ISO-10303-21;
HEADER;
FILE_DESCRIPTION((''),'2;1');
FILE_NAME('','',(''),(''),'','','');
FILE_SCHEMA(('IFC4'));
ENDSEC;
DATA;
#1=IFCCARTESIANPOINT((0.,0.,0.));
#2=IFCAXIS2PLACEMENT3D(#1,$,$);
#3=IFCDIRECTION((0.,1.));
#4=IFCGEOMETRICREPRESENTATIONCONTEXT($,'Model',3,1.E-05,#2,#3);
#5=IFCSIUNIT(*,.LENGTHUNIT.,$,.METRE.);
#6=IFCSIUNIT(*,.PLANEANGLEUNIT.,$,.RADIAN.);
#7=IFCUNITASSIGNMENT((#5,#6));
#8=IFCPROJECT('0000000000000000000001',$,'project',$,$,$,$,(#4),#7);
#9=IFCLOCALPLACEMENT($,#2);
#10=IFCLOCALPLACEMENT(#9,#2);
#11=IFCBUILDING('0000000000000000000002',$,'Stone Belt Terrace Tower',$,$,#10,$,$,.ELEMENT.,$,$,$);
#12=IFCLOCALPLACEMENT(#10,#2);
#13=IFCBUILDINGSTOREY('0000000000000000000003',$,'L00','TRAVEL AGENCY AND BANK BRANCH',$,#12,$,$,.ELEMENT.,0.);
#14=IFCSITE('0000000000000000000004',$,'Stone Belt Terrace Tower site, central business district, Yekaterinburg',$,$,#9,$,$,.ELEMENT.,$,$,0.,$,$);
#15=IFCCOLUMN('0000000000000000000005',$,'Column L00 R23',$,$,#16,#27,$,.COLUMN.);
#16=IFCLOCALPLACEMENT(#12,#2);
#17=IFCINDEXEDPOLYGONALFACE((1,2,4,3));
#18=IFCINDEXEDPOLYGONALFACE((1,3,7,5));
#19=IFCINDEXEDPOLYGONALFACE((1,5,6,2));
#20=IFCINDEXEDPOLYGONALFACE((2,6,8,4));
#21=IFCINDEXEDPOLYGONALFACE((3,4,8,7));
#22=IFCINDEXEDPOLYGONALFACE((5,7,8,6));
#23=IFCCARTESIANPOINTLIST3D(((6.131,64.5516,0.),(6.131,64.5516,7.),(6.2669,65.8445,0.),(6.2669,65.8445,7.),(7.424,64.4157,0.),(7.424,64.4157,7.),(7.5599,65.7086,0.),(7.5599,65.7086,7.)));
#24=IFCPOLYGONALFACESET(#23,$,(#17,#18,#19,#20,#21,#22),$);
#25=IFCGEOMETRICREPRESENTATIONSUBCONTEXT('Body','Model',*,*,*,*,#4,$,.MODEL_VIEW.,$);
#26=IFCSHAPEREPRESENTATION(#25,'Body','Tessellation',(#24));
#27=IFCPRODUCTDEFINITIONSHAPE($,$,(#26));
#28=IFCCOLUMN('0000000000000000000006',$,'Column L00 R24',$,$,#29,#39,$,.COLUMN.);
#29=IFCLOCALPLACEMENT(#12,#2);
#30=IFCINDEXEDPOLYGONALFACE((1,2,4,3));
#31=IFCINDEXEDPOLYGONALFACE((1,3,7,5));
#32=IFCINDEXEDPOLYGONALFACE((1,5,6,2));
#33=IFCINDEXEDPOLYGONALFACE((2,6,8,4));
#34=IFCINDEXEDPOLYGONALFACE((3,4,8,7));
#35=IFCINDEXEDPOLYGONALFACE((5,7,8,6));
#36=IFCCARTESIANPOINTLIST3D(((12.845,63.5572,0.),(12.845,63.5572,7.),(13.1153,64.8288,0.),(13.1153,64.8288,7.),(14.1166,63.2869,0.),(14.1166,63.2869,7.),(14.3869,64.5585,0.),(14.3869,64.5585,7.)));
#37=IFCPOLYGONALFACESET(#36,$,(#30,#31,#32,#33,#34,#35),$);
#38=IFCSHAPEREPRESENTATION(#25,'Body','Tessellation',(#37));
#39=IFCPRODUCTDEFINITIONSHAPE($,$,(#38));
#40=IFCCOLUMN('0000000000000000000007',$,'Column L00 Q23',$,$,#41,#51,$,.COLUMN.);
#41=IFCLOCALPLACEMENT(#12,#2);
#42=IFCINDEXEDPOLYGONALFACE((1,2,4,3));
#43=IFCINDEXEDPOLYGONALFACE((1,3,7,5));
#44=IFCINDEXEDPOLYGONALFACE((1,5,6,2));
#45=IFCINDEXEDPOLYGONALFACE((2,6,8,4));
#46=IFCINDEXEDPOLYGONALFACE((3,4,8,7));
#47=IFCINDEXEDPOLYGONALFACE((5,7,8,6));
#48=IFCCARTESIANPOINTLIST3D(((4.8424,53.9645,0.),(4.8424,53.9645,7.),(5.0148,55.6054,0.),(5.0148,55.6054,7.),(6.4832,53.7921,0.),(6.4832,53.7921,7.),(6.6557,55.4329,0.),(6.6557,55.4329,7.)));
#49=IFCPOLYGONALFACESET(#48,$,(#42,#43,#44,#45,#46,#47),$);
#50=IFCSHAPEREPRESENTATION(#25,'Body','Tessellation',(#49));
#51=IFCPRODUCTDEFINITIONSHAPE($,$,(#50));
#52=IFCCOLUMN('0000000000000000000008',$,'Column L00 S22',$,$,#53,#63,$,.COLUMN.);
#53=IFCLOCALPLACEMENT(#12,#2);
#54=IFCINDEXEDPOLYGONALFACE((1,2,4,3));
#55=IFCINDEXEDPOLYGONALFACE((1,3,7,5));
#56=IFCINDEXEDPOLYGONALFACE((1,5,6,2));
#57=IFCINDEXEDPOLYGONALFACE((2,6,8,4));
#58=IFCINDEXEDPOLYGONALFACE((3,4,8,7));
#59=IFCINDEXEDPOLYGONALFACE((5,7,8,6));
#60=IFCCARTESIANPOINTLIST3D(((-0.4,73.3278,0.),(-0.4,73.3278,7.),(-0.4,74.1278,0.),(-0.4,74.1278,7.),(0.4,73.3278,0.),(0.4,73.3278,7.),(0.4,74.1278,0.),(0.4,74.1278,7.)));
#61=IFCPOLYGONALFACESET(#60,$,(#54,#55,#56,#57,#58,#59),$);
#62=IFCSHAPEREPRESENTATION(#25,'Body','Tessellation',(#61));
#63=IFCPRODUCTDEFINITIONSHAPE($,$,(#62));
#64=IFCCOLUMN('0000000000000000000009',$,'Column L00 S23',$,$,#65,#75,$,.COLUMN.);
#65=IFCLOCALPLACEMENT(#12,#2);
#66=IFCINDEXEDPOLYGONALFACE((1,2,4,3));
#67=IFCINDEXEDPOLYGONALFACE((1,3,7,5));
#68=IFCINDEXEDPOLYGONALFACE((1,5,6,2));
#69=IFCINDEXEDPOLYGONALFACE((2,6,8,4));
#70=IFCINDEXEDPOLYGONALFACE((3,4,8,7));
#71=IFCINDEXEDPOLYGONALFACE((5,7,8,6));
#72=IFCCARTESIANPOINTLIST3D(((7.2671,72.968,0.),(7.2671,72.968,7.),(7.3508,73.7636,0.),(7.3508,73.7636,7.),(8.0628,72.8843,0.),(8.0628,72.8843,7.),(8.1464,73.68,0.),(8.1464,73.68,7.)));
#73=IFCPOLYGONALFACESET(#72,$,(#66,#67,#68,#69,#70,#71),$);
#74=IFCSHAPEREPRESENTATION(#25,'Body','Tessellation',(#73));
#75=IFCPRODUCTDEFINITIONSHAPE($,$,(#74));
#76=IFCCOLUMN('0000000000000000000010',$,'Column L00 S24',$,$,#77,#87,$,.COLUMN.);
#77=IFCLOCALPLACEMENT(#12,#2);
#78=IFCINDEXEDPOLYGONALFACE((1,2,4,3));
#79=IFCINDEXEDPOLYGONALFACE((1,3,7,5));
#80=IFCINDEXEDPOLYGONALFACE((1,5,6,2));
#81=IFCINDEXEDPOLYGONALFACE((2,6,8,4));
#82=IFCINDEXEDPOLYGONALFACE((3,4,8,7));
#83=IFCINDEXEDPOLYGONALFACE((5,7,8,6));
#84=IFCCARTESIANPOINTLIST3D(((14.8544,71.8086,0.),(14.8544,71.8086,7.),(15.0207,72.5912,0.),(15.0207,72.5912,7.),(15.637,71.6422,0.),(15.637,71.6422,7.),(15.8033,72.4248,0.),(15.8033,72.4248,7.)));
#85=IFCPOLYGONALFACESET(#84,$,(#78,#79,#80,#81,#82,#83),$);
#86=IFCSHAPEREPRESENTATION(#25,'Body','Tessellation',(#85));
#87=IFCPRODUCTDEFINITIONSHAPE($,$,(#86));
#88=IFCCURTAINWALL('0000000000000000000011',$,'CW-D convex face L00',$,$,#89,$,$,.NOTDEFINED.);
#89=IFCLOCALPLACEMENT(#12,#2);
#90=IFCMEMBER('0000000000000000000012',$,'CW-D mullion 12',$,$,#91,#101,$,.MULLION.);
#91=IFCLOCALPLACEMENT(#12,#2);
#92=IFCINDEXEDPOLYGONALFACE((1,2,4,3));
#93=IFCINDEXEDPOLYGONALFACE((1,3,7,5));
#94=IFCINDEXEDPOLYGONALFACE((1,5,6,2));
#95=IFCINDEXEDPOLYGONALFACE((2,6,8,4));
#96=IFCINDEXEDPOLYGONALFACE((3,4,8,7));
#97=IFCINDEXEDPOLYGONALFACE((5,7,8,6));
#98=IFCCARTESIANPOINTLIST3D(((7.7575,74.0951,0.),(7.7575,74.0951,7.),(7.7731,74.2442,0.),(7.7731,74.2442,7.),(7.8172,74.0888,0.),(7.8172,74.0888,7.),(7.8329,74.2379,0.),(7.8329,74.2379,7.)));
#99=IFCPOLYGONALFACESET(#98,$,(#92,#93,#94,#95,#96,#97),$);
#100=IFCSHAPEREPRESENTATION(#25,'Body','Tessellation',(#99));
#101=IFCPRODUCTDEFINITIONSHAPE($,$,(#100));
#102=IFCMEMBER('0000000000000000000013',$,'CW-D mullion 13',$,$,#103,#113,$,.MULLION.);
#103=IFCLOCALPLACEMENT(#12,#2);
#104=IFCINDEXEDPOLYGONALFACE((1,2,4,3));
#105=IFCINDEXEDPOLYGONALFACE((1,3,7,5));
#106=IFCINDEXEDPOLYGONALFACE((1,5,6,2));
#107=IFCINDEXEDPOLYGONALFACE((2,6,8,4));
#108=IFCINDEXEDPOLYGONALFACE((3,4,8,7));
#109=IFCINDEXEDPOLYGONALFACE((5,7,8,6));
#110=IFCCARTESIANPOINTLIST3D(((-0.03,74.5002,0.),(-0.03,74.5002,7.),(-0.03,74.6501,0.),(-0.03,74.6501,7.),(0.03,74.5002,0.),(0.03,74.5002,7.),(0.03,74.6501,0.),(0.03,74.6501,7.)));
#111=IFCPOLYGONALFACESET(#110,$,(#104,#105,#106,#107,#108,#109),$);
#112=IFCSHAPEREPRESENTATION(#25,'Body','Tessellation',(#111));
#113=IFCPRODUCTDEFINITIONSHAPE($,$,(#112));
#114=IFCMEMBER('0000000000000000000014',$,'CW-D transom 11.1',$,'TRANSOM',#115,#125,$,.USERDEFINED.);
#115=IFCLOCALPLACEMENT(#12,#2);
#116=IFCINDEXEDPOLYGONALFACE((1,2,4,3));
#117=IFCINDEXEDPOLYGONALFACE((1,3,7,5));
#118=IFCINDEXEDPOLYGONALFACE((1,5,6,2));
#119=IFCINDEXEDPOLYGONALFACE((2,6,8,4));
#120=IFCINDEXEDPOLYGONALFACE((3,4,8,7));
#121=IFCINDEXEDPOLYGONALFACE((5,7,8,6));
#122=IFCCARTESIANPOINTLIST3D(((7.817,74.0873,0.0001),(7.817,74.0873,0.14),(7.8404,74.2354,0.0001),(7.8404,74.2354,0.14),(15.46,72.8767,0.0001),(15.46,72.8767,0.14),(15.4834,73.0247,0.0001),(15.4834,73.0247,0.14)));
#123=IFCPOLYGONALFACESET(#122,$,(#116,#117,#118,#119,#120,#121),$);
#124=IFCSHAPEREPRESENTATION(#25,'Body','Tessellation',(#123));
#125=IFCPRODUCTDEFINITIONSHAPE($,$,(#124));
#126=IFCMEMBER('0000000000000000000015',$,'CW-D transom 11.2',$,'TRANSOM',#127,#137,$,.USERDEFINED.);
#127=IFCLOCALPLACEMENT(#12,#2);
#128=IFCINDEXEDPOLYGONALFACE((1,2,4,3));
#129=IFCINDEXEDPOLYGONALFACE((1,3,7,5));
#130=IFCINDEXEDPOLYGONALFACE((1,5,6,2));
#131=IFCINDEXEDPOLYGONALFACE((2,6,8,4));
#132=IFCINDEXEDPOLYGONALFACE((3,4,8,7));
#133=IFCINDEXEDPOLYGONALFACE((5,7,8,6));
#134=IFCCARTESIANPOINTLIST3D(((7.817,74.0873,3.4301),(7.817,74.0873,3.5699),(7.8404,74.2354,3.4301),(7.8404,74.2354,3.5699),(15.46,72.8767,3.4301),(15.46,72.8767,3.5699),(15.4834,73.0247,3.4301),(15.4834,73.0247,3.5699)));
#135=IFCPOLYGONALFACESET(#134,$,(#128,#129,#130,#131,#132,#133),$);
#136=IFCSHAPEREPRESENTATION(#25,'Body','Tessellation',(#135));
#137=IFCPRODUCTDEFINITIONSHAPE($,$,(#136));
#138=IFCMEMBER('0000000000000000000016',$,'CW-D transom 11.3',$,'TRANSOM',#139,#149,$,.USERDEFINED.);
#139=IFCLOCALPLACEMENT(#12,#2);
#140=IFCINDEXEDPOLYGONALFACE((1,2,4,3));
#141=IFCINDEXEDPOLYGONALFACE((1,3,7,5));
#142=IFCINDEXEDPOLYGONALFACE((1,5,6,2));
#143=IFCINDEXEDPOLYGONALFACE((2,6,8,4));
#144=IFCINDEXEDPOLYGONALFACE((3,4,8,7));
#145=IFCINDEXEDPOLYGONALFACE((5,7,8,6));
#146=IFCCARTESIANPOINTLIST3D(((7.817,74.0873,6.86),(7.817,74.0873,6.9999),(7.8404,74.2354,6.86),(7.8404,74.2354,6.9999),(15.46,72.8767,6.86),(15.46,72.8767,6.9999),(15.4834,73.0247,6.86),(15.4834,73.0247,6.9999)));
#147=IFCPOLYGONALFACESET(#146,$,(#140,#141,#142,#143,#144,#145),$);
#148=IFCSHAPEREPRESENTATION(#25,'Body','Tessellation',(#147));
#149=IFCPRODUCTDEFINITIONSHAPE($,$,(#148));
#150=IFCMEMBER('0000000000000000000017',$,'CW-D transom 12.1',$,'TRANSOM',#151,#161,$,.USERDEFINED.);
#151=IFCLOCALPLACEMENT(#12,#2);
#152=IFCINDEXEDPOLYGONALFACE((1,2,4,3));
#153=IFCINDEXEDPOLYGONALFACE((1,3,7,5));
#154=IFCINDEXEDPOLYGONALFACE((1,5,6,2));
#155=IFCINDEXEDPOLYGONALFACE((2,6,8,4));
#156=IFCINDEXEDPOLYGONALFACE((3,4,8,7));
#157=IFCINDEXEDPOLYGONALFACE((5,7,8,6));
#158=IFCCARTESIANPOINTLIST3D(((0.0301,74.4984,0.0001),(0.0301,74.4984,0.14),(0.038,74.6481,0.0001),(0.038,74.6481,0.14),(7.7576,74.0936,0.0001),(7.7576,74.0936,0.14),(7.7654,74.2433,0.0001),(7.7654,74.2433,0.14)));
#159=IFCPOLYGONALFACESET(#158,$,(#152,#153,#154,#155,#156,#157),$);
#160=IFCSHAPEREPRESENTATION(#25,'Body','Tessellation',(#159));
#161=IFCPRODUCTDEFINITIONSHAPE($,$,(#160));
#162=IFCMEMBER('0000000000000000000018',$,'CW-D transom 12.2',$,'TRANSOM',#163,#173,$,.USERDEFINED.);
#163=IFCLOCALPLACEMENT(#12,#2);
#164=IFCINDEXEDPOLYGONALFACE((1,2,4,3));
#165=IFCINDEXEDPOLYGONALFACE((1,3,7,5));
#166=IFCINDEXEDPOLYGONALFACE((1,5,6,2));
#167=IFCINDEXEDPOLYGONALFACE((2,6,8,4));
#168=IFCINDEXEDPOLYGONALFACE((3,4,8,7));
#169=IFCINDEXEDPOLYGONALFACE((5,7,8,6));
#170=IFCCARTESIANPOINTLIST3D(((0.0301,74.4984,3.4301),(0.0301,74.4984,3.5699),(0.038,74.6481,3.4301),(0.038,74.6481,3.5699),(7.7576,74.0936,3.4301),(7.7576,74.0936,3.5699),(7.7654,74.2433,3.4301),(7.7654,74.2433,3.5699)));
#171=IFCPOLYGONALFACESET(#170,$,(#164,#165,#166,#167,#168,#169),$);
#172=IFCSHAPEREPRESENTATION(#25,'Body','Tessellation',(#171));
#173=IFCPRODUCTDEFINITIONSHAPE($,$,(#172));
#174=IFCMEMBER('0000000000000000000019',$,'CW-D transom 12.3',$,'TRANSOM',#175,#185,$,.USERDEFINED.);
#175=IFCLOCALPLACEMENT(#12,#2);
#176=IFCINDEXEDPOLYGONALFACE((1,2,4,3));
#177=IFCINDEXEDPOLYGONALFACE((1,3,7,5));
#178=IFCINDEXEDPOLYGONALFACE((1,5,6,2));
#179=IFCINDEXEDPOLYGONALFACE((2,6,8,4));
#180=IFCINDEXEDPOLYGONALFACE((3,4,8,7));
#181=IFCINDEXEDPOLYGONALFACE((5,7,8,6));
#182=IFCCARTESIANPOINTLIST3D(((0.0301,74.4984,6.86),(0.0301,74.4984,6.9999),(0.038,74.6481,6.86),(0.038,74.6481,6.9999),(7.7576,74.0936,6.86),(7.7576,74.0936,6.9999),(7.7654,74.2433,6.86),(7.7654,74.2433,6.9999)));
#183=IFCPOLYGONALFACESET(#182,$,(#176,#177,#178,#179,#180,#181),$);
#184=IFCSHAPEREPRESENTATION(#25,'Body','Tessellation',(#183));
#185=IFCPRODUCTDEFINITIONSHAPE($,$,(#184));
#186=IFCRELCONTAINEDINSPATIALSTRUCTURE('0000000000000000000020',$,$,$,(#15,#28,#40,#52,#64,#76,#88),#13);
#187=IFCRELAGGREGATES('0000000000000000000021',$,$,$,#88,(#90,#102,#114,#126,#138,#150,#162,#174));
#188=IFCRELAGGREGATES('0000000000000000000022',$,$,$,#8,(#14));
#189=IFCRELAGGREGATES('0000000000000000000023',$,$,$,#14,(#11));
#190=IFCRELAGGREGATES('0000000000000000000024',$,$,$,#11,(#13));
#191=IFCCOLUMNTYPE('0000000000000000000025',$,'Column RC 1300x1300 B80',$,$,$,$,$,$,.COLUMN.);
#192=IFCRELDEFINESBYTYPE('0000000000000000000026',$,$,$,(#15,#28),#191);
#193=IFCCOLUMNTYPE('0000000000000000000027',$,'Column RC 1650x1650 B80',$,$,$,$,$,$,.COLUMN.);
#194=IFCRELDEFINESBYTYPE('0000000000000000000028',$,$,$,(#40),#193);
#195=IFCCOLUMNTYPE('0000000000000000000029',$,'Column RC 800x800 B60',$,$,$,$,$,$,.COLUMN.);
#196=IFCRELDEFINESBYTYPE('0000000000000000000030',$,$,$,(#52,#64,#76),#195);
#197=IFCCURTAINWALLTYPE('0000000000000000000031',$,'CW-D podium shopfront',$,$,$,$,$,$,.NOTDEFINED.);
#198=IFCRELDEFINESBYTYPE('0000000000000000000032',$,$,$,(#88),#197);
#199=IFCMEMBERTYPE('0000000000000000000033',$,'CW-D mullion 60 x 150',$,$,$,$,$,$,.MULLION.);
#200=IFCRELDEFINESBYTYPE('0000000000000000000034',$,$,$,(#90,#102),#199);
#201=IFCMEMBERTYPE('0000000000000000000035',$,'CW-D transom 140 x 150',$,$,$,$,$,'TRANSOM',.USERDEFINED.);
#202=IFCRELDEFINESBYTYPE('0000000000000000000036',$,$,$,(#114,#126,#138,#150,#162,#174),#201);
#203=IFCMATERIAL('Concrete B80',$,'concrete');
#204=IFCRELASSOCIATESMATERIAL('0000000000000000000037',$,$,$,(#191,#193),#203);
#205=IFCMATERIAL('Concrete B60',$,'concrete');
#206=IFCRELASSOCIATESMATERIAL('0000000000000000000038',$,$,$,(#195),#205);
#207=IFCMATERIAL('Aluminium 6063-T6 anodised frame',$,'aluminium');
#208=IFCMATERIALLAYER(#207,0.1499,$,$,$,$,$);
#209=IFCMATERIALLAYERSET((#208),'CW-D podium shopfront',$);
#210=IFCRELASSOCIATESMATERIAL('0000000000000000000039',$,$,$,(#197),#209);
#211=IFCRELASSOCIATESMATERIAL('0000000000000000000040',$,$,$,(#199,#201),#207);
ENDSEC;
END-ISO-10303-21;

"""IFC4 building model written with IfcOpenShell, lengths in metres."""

from ifc_helpers import new_model, si_unit, direction, frame, origin, origin_2d, place, context, subcontext, project, spatial, rectangle, extrude, material, layer, layer_set, material_profile, profile_set, type_object, element, aggregate, save


model = new_model("IFC4")

# Units and contexts
model_context = context("Model", 3, precision=1e-05, world=origin(), true_north=direction((0.0, 1.0)))
body_context = subcontext(model_context, "Body", "Model", "MODEL_VIEW")
ifc_project = project(units=[si_unit("LENGTHUNIT", "METRE"), si_unit("PLANEANGLEUNIT", "RADIAN")], contexts=[model_context])

# Site, building, storey
site_placement = place(None, origin())
site = spatial("IfcSite", under=ifc_project, at=site_placement, Name="Stone Belt Terrace Tower site, central business district, Yekaterinburg", CompositionType="ELEMENT", RefElevation=0.0)
building_placement = place(site_placement, origin())
building = spatial("IfcBuilding", under=site, at=building_placement, Name="Stone Belt Terrace Tower", CompositionType="ELEMENT")
storey_placement = place(building_placement, origin())
storey = spatial("IfcBuildingStorey", under=building, at=storey_placement, Name="L00", Description="TRAVEL AGENCY AND BANK BRANCH", CompositionType="ELEMENT", Elevation=0.0)

# Columns
ifc_material_1 = material(Name="Concrete B80", Category="concrete")
ifc_material_profile_1 = material_profile(ifc_material_1, rectangle(XDim=1.3, YDim=1.3, at=origin_2d()), Name="RC 1300x1300")
ifc_profile_set_1 = profile_set([ifc_material_profile_1], Name="Concrete B80")
column_type_1 = type_object("IfcColumnType", Name="Column RC 1300x1300 B80", PredefinedType="COLUMN", material=ifc_profile_set_1)
for number, where, z_axis, x_axis, name in (
    (1, (6.8455, 65.1301, 0.0), (0.0, 0.0, 1.0), (0.994522, -0.104528, 0.0), "Column L00 R23"),
    (2, (13.616, 64.0579, 0.0), (0.0, 0.0, 1.0), (0.978148, -0.207912, 0.0), "Column L00 R24"),
):
    element("IfcColumn", number, at=place(storey_placement, frame(where, z_axis=z_axis, x_axis=x_axis)), inside=storey, type_object=column_type_1, Name=name, PredefinedType="COLUMN", context=body_context, shape_type="SweptSolid", body=[
        extrude(rectangle(XDim=1.3, YDim=1.3, at=origin_2d()), origin(), (0.0, 0.0, 1.0), 7.0),
    ])
ifc_material_profile_2 = material_profile(ifc_material_1, rectangle(XDim=1.6499, YDim=1.6499, at=origin_2d()), Name="RC 1650x1650")
ifc_profile_set_2 = profile_set([ifc_material_profile_2], Name="Concrete B80")
column_type_2 = type_object("IfcColumnType", Name="Column RC 1650x1650 B80", PredefinedType="COLUMN", material=ifc_profile_set_2)
column_placement = place(storey_placement, frame((5.749, 54.6987, 0.0), z_axis=(0.0, 0.0, 1.0), x_axis=(0.994522, -0.104528, 0.0)))
element("IfcColumn", 3, at=column_placement, inside=storey, type_object=column_type_2, Name="Column L00 Q23", PredefinedType="COLUMN", context=body_context, shape_type="SweptSolid", body=[
    extrude(rectangle(XDim=1.6499, YDim=1.6499, at=origin_2d()), origin(), (0.0, 0.0, 1.0), 7.0),
])
ifc_material_2 = material(Name="Concrete B60", Category="concrete")
ifc_material_profile_3 = material_profile(ifc_material_2, rectangle(XDim=0.8, YDim=0.8, at=origin_2d()), Name="RC 800x800")
ifc_profile_set_3 = profile_set([ifc_material_profile_3], Name="Concrete B60")
column_type_3 = type_object("IfcColumnType", Name="Column RC 800x800 B60", PredefinedType="COLUMN", material=ifc_profile_set_3)
for number, where, z_axis, x_axis, name in (
    (4, (0.0, 73.7278, 0.0), (0.0, 0.0, 1.0), (1.0, 0.0, 0.0), "Column L00 S22"),
    (5, (7.7068, 73.324, 0.0), (0.0, 0.0, 1.0), (0.994522, -0.104528, 0.0), "Column L00 S23"),
    (6, (15.3289, 72.1167, 0.0), (0.0, 0.0, 1.0), (0.978148, -0.207912, 0.0), "Column L00 S24"),
):
    element("IfcColumn", number, at=place(storey_placement, frame(where, z_axis=z_axis, x_axis=x_axis)), inside=storey, type_object=column_type_3, Name=name, PredefinedType="COLUMN", context=body_context, shape_type="SweptSolid", body=[
        extrude(rectangle(XDim=0.8, YDim=0.8, at=origin_2d()), origin(), (0.0, 0.0, 1.0), 7.0),
    ])

# Curtain wall, members
ifc_material_3 = material(Name="Aluminium 6063-T6 anodised frame", Category="aluminium")
ifc_layer_1 = layer(ifc_material_3, 0.1499)
ifc_layer_set_1 = layer_set([ifc_layer_1], Name="CW-D podium shopfront")
curtain_wall_type = type_object("IfcCurtainWallType", Name="CW-D podium shopfront", PredefinedType="NOTDEFINED", material=ifc_layer_set_1)
curtain_wall_placement = place(storey_placement, origin())
curtain_wall = element("IfcCurtainWall", 7, at=curtain_wall_placement, inside=storey, type_object=curtain_wall_type, Name="CW-D convex face L00", PredefinedType="NOTDEFINED")
ifc_material_profile_4 = material_profile(ifc_material_3, rectangle(XDim=0.1499, YDim=0.0601, at=origin_2d()), Name="Aluminium 6063-T6 60x150")
ifc_profile_set_4 = profile_set([ifc_material_profile_4], Name="Aluminium 6063-T6 anodised frame")
member_type_1 = type_object("IfcMemberType", Name="CW-D mullion 60 x 150", PredefinedType="MULLION", material=ifc_profile_set_4)
member_1_placement = place(storey_placement, frame((7.7952, 74.1665, 0.0), z_axis=(0.0, 0.0, 1.0), x_axis=(-0.104528, -0.994522, 0.0)))
member_1 = element("IfcMember", 8, at=member_1_placement, type_object=member_type_1, Name="CW-D mullion 12", PredefinedType="MULLION", context=body_context, shape_type="SweptSolid", body=[
    extrude(rectangle(XDim=0.1499, YDim=0.0601, at=origin_2d()), origin(), (0.0, 0.0, 1.0), 7.0),
])
member_2_placement = place(storey_placement, frame((0.0, 74.5752, 0.0), z_axis=(0.0, 0.0, 1.0), x_axis=(0.0, -1.0, 0.0)))
member_2 = element("IfcMember", 9, at=member_2_placement, type_object=member_type_1, Name="CW-D mullion 13", PredefinedType="MULLION", context=body_context, shape_type="SweptSolid", body=[
    extrude(rectangle(XDim=0.1499, YDim=0.0601, at=origin_2d()), origin(), (0.0, 0.0, 1.0), 7.0),
])
ifc_material_profile_5 = material_profile(ifc_material_3, rectangle(XDim=0.1499, YDim=0.1399, at=origin_2d()), Name="Aluminium 6063-T6 150x140")
ifc_profile_set_5 = profile_set([ifc_material_profile_5], Name="Aluminium 6063-T6 anodised frame")
member_type_2 = type_object("IfcMemberType", Name="CW-D transom 140 x 150", ElementType="TRANSOM", PredefinedType="USERDEFINED", material=ifc_profile_set_5)
member_3_placement = place(storey_placement, frame((15.4717, 72.9507, 0.0701), z_axis=(-0.987685, 0.156453, 0.0), x_axis=(-0.156453, -0.987685, 0.0)))
member_3 = element("IfcMember", 10, at=member_3_placement, type_object=member_type_2, Name="CW-D transom 11.1", ObjectType="TRANSOM", PredefinedType="USERDEFINED", context=body_context, shape_type="SweptSolid", body=[
    extrude(rectangle(XDim=0.1499, YDim=0.1399, at=origin_2d()), origin(), (0.0, 0.0, 1.0), 7.7383),
])
member_4_placement = place(storey_placement, frame((15.4717, 72.9507, 3.5), z_axis=(-0.987685, 0.156453, 0.0), x_axis=(-0.156453, -0.987685, 0.0)))
member_4 = element("IfcMember", 11, at=member_4_placement, type_object=member_type_2, Name="CW-D transom 11.2", ObjectType="TRANSOM", PredefinedType="USERDEFINED", context=body_context, shape_type="SweptSolid", body=[
    extrude(rectangle(XDim=0.1499, YDim=0.1399, at=origin_2d()), origin(), (0.0, 0.0, 1.0), 7.7383),
])
member_5_placement = place(storey_placement, frame((15.4717, 72.9507, 6.9299), z_axis=(-0.987685, 0.156453, 0.0), x_axis=(-0.156453, -0.987685, 0.0)))
member_5 = element("IfcMember", 12, at=member_5_placement, type_object=member_type_2, Name="CW-D transom 11.3", ObjectType="TRANSOM", PredefinedType="USERDEFINED", context=body_context, shape_type="SweptSolid", body=[
    extrude(rectangle(XDim=0.1499, YDim=0.1399, at=origin_2d()), origin(), (0.0, 0.0, 1.0), 7.7383),
])
member_6_placement = place(storey_placement, frame((7.7615, 74.1685, 0.0701), z_axis=(-0.998631, 0.05231, 0.0), x_axis=(-0.05231, -0.998631, 0.0)))
member_6 = element("IfcMember", 13, at=member_6_placement, type_object=member_type_2, Name="CW-D transom 12.1", ObjectType="TRANSOM", PredefinedType="USERDEFINED", context=body_context, shape_type="SweptSolid", body=[
    extrude(rectangle(XDim=0.1499, YDim=0.1399, at=origin_2d()), origin(), (0.0, 0.0, 1.0), 7.738),
])
member_7_placement = place(storey_placement, frame((7.7615, 74.1685, 3.5), z_axis=(-0.998631, 0.05231, 0.0), x_axis=(-0.05231, -0.998631, 0.0)))
member_7 = element("IfcMember", 14, at=member_7_placement, type_object=member_type_2, Name="CW-D transom 12.2", ObjectType="TRANSOM", PredefinedType="USERDEFINED", context=body_context, shape_type="SweptSolid", body=[
    extrude(rectangle(XDim=0.1499, YDim=0.1399, at=origin_2d()), origin(), (0.0, 0.0, 1.0), 7.738),
])
member_8_placement = place(storey_placement, frame((7.7615, 74.1685, 6.9299), z_axis=(-0.998631, 0.05231, 0.0), x_axis=(-0.05231, -0.998631, 0.0)))
member_8 = element("IfcMember", 15, at=member_8_placement, type_object=member_type_2, Name="CW-D transom 12.3", ObjectType="TRANSOM", PredefinedType="USERDEFINED", context=body_context, shape_type="SweptSolid", body=[
    extrude(rectangle(XDim=0.1499, YDim=0.1399, at=origin_2d()), origin(), (0.0, 0.0, 1.0), 7.738),
])
aggregate(curtain_wall, [member_1, member_2, member_3, member_4, member_5, member_6, member_7, member_8])

save(model, "model.ifc")
